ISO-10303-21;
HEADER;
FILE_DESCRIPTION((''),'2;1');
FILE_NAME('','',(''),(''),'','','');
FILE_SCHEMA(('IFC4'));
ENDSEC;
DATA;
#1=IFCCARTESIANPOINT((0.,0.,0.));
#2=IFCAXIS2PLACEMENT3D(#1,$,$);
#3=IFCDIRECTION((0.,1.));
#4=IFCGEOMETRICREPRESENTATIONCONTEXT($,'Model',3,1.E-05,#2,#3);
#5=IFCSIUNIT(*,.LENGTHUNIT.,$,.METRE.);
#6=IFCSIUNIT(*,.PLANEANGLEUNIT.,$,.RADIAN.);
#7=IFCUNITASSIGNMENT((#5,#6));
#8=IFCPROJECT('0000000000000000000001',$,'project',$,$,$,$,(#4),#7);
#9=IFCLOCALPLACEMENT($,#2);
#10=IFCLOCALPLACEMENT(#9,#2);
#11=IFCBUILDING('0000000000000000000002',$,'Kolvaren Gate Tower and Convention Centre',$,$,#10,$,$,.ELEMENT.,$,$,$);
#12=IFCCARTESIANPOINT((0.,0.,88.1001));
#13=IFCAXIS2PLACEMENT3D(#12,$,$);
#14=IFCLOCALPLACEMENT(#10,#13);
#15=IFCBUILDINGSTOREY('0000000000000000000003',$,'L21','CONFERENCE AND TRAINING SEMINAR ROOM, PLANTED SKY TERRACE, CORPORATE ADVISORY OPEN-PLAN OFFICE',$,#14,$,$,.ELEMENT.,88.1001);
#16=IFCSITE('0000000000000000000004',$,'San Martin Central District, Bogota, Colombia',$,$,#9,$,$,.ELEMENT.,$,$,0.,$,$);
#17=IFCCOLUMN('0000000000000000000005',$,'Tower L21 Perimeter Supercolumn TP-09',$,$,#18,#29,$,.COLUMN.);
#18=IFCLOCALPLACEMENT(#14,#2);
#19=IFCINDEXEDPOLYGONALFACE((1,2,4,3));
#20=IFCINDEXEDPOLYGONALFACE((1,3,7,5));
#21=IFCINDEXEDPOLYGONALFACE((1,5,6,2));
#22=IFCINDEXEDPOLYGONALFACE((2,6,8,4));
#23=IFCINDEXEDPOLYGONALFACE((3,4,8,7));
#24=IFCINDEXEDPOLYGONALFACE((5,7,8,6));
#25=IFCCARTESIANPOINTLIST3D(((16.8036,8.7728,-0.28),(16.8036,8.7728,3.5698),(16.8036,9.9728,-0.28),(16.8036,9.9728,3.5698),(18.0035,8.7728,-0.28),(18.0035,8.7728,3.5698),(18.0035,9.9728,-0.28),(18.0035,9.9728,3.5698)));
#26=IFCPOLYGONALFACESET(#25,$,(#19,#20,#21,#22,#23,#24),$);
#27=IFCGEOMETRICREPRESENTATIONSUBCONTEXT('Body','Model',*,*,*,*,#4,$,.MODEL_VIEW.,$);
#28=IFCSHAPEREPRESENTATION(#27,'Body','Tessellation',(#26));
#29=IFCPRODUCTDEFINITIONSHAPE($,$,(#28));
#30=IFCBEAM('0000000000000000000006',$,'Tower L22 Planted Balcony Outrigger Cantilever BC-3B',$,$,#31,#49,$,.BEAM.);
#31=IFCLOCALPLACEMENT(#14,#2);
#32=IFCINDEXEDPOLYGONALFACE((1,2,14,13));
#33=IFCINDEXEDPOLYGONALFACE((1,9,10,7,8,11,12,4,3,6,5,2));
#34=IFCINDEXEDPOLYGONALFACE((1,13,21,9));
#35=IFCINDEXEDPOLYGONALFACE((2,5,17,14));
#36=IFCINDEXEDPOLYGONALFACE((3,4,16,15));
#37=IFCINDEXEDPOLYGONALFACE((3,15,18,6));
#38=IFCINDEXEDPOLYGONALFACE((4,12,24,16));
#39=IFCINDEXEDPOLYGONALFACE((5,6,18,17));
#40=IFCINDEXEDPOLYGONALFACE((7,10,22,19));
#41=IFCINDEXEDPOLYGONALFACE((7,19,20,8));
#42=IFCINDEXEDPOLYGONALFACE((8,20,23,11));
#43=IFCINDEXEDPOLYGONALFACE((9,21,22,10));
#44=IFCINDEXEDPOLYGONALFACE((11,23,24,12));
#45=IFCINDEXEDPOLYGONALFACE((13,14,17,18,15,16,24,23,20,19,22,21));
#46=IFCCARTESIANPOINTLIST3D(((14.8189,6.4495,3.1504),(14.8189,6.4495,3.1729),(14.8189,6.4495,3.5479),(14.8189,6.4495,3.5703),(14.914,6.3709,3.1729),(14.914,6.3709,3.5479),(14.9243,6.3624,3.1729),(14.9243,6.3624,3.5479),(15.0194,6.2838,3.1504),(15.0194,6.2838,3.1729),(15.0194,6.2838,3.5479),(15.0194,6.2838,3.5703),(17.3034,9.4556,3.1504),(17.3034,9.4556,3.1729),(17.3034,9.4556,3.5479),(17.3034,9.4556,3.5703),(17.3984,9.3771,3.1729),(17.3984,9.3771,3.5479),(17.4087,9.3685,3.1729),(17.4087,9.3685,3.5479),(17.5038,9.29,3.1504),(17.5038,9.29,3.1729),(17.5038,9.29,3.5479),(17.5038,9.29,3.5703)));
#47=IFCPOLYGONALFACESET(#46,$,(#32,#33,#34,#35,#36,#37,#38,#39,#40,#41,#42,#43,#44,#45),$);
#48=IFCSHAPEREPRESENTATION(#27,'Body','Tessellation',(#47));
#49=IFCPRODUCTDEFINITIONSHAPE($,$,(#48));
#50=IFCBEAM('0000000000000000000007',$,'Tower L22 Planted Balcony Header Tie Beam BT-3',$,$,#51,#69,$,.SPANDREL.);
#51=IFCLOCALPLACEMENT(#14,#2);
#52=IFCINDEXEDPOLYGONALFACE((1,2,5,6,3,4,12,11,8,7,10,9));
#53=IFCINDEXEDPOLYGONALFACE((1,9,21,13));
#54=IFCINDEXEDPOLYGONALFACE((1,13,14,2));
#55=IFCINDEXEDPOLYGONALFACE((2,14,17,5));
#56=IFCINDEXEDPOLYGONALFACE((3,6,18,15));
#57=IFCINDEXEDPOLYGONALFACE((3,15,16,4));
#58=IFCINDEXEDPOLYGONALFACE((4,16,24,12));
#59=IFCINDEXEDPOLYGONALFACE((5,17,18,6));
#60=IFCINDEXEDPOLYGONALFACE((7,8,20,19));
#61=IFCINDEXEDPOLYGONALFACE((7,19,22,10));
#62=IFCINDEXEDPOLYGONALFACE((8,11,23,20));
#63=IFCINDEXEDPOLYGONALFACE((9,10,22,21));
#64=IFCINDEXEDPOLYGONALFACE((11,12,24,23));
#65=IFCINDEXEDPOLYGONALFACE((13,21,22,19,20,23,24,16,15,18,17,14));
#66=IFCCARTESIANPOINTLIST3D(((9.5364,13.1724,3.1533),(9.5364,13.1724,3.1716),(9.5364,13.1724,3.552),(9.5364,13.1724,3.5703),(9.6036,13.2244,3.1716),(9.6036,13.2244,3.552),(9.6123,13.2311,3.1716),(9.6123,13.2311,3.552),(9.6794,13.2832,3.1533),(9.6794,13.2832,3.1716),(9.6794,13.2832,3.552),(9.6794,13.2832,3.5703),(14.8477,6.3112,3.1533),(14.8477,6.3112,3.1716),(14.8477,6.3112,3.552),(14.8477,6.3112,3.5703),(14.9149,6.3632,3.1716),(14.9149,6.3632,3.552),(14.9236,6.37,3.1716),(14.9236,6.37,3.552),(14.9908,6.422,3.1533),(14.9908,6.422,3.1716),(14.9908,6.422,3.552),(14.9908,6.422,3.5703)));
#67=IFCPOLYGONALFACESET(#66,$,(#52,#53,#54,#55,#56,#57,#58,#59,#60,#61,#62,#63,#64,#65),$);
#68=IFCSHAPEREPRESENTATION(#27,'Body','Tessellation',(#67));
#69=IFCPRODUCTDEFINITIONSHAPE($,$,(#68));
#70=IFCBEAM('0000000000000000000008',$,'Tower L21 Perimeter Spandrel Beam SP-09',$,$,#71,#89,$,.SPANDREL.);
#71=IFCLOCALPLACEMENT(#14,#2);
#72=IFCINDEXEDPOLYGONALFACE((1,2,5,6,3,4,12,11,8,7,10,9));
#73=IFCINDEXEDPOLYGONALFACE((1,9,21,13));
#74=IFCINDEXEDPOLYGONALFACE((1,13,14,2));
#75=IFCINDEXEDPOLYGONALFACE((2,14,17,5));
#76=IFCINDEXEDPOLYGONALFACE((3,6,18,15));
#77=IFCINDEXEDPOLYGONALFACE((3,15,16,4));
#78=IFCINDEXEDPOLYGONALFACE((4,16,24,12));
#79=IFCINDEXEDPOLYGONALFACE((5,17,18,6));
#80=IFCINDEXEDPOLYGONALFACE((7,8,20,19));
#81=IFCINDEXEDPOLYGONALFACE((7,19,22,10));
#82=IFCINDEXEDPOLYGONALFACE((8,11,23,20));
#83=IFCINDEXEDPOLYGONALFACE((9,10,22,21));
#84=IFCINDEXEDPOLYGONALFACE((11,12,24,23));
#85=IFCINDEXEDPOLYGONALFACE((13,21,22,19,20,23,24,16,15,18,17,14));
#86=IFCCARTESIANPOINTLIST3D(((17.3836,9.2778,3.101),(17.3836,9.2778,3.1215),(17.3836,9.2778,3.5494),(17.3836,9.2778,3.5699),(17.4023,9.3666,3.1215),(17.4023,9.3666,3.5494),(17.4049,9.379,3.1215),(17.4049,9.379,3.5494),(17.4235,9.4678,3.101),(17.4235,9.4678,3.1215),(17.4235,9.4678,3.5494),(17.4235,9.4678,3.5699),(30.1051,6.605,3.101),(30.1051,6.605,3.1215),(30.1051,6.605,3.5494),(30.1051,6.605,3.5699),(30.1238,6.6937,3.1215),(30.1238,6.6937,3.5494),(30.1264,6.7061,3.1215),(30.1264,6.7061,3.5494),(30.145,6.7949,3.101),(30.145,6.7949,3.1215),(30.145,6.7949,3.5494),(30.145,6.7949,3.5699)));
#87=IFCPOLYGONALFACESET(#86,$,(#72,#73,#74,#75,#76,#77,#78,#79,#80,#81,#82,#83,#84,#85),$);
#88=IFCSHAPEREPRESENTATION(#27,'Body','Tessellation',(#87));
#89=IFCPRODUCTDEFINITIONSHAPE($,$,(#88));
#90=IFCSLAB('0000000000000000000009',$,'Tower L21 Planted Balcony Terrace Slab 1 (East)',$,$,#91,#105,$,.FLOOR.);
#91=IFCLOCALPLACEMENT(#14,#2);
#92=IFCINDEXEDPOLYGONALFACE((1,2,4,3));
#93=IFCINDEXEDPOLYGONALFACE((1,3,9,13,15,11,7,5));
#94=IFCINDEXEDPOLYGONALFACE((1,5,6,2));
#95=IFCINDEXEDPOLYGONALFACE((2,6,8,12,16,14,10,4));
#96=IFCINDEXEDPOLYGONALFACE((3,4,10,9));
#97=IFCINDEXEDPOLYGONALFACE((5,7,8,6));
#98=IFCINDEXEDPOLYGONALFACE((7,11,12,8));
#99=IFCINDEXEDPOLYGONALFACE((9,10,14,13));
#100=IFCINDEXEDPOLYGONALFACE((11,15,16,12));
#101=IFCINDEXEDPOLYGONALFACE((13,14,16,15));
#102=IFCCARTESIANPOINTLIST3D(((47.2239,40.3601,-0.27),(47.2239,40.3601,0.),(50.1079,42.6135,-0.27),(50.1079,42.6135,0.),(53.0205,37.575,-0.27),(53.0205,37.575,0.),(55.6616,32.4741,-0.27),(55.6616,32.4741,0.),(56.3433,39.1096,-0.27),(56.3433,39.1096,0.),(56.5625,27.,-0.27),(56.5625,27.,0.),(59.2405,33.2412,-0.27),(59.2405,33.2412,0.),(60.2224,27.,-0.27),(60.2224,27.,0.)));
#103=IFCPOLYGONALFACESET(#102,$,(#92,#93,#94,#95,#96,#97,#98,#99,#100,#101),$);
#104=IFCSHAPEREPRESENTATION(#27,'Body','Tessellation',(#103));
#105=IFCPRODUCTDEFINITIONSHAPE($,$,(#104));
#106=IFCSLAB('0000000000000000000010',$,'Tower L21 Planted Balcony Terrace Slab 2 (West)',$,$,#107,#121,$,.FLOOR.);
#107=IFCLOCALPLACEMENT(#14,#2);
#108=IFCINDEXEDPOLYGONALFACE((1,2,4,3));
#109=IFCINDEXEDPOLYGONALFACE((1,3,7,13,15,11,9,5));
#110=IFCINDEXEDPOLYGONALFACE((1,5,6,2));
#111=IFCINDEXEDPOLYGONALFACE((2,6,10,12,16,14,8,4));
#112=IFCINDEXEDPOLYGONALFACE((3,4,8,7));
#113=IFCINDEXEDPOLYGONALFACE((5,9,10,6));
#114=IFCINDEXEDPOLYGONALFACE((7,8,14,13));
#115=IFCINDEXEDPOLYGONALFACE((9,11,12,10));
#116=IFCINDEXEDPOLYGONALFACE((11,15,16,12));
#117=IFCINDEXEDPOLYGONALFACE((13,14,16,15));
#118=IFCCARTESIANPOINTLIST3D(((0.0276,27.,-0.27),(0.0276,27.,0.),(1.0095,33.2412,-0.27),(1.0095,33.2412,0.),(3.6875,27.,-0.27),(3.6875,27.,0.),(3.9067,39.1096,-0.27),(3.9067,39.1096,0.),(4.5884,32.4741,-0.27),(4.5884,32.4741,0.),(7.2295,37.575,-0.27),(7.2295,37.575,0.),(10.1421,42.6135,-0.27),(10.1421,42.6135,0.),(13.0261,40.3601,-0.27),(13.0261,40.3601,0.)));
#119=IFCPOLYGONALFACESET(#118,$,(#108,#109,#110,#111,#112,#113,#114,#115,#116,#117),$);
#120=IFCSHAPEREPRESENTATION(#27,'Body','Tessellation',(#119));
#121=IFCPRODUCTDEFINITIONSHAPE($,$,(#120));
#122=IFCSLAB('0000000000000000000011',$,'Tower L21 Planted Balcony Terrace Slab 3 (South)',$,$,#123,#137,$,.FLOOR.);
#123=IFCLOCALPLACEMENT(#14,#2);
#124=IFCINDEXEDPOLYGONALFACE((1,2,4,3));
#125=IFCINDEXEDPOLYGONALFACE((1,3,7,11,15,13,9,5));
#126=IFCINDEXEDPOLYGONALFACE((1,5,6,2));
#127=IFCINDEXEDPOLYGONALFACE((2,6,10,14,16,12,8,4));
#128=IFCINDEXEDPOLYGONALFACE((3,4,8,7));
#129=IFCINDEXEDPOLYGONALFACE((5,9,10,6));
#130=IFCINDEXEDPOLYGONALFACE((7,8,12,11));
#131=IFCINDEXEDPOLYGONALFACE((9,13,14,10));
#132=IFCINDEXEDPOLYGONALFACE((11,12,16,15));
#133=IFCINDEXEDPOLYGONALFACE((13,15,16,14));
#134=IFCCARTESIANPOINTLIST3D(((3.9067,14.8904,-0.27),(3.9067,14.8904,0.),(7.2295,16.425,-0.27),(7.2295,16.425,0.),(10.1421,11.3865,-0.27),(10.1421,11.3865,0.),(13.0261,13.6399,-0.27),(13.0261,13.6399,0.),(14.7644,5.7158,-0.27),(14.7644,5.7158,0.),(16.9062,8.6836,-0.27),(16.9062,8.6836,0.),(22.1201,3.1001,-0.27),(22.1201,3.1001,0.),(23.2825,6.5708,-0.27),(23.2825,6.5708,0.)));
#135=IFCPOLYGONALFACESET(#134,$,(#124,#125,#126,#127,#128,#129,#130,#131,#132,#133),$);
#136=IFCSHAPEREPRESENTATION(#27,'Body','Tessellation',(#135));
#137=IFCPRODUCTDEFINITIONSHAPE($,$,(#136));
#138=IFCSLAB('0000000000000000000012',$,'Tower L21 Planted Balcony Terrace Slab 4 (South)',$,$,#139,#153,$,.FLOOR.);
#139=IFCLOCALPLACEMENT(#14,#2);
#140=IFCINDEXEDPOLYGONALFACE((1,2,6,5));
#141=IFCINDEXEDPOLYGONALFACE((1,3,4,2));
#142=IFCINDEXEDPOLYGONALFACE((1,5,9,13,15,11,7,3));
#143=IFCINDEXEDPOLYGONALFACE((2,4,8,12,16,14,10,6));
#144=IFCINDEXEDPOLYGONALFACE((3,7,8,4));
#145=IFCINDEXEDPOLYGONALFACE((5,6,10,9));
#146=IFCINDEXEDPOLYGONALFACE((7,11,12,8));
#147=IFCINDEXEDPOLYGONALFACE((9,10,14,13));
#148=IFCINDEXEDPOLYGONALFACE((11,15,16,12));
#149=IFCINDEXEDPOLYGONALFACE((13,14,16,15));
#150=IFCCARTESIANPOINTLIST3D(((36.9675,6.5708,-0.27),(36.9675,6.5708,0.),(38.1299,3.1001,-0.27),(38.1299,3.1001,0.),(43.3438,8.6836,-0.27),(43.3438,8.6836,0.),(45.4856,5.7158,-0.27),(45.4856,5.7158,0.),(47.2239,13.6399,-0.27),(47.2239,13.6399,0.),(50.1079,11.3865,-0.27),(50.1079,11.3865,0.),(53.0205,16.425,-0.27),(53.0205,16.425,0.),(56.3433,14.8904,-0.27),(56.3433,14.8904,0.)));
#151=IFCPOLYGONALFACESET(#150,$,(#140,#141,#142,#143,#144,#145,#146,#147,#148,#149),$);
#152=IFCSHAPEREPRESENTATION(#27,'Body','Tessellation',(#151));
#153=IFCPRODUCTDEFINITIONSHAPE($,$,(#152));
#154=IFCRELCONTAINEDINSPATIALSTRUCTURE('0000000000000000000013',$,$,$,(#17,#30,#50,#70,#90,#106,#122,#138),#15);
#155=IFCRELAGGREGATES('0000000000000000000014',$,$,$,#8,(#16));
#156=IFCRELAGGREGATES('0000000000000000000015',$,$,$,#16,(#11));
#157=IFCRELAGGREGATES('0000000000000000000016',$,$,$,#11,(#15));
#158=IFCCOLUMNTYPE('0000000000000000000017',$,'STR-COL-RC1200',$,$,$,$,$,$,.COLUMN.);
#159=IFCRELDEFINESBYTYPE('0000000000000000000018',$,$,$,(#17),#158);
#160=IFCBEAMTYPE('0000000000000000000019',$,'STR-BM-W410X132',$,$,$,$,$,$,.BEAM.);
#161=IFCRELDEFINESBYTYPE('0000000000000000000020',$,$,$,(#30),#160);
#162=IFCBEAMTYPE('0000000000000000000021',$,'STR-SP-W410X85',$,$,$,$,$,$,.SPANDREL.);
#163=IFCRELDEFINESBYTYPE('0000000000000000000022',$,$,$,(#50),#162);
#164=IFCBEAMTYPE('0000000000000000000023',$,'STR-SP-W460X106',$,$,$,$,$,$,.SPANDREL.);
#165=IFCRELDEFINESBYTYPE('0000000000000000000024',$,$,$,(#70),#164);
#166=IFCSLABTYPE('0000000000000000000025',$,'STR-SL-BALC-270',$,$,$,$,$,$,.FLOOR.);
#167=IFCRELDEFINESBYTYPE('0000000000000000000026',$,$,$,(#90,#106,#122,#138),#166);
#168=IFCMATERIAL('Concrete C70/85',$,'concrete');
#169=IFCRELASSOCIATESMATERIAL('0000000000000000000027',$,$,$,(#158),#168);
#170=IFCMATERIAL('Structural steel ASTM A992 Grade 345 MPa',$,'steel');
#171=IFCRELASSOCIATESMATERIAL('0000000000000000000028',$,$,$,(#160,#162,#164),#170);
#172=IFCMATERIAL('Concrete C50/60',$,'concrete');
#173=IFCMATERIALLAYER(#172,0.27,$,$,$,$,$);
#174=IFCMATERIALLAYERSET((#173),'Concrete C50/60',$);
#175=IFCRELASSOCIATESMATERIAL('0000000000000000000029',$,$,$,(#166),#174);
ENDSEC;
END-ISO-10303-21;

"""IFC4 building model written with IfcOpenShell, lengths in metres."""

from ifc_helpers import new_model, si_unit, direction, frame, origin, origin_2d, place, context, subcontext, project, spatial, polyline, rectangle, i_section, outline, extrude, material, layer, layer_set, material_profile, profile_set, type_object, element, save


model = new_model("IFC4")

# Units and contexts
model_context = context("Model", 3, precision=1e-05, world=origin(), true_north=direction((0.0, 1.0)))
body_context = subcontext(model_context, "Body", "Model", "MODEL_VIEW")
ifc_project = project(units=[si_unit("LENGTHUNIT", "METRE"), si_unit("PLANEANGLEUNIT", "RADIAN")], contexts=[model_context])

# Site, building, storey
site_placement = place(None, origin())
site = spatial("IfcSite", under=ifc_project, at=site_placement, Name="San Martin Central District, Bogota, Colombia", CompositionType="ELEMENT", RefElevation=0.0)
building_placement = place(site_placement, origin())
building = spatial("IfcBuilding", under=site, at=building_placement, Name="Kolvaren Gate Tower and Convention Centre", CompositionType="ELEMENT")
storey_placement = place(building_placement, frame((0.0, 0.0, 88.1001)))
storey = spatial("IfcBuildingStorey", under=building, at=storey_placement, Name="L21", Description="CONFERENCE AND TRAINING SEMINAR ROOM, PLANTED SKY TERRACE, CORPORATE ADVISORY OPEN-PLAN OFFICE", CompositionType="ELEMENT", Elevation=88.1001)

# Column
ifc_material_1 = material(Name="Concrete C70/85", Category="concrete")
ifc_material_profile_1 = material_profile(ifc_material_1, rectangle(XDim=1.2, YDim=1.2, at=origin_2d()), Name="RC-COL-1200X1200")
ifc_profile_set_1 = profile_set([ifc_material_profile_1], Name="Concrete C70/85")
column_type = type_object("IfcColumnType", Name="STR-COL-RC1200", PredefinedType="COLUMN", material=ifc_profile_set_1)
column_placement = place(storey_placement, frame((17.4036, 9.3728, -0.28), z_axis=(0.0, 0.0, 1.0), x_axis=(1.0, 0.0, 0.0)))
element("IfcColumn", 1, at=column_placement, inside=storey, type_object=column_type, Name="Tower L21 Perimeter Supercolumn TP-09", PredefinedType="COLUMN", context=body_context, shape_type="SweptSolid", body=[
    extrude(rectangle(XDim=1.2, YDim=1.2, at=origin_2d()), origin(), (0.0, 0.0, 1.0), 3.8499),
])

# Beams
ifc_material_2 = material(Name="Structural steel ASTM A992 Grade 345 MPa", Category="steel")
ifc_material_profile_2 = material_profile(ifc_material_2, i_section(OverallWidth=0.26, OverallDepth=0.4199, WebThickness=0.0134, FlangeThickness=0.0225, at=origin_2d()), Name="W410X132")
ifc_profile_set_2 = profile_set([ifc_material_profile_2], Name="Structural steel ASTM A992 Grade 345 MPa")
beam_type_1 = type_object("IfcBeamType", Name="STR-BM-W410X132", PredefinedType="BEAM", material=ifc_profile_set_2)
beam_1_placement = place(storey_placement, frame((17.4036, 9.3728, 3.3604), z_axis=(-0.637045, -0.770827, 0.0), x_axis=(0.770827, -0.637045, 0.0)))
element("IfcBeam", 2, at=beam_1_placement, inside=storey, type_object=beam_type_1, Name="Tower L22 Planted Balcony Outrigger Cantilever BC-3B", PredefinedType="BEAM", context=body_context, shape_type="SweptSolid", body=[
    extrude(i_section(OverallWidth=0.26, OverallDepth=0.4199, WebThickness=0.0134, FlangeThickness=0.0225, at=origin_2d()), origin(), (0.0, 0.0, 1.0), 3.8999),
])
ifc_material_profile_3 = material_profile(ifc_material_2, i_section(OverallWidth=0.1809, OverallDepth=0.417, WebThickness=0.011, FlangeThickness=0.0183, at=origin_2d()), Name="W410X85")
ifc_profile_set_3 = profile_set([ifc_material_profile_3], Name="Structural steel ASTM A992 Grade 345 MPa")
beam_type_2 = type_object("IfcBeamType", Name="STR-SP-W410X85", PredefinedType="SPANDREL", material=ifc_profile_set_3)
beam_2_placement = place(storey_placement, frame((9.6079, 13.2278, 3.3618), z_axis=(0.612135, -0.790753, 0.0), x_axis=(0.790753, 0.612135, 0.0)))
element("IfcBeam", 3, at=beam_2_placement, inside=storey, type_object=beam_type_2, Name="Tower L22 Planted Balcony Header Tie Beam BT-3", PredefinedType="SPANDREL", context=body_context, shape_type="SweptSolid", body=[
    extrude(i_section(OverallWidth=0.1809, OverallDepth=0.417, WebThickness=0.011, FlangeThickness=0.0183, at=origin_2d()), origin(), (0.0, 0.0, 1.0), 8.6768),
])
ifc_material_profile_4 = material_profile(ifc_material_2, i_section(OverallWidth=0.1941, OverallDepth=0.469, WebThickness=0.0127, FlangeThickness=0.0205, at=origin_2d()), Name="W460X106")
ifc_profile_set_4 = profile_set([ifc_material_profile_4], Name="Structural steel ASTM A992 Grade 345 MPa")
beam_type_3 = type_object("IfcBeamType", Name="STR-SP-W460X106", PredefinedType="SPANDREL", material=ifc_profile_set_4)
beam_3_placement = place(storey_placement, frame((17.4036, 9.3728, 3.3354), z_axis=(0.978633, -0.205617, 0.0), x_axis=(0.205617, 0.978633, 0.0)))
element("IfcBeam", 4, at=beam_3_placement, inside=storey, type_object=beam_type_3, Name="Tower L21 Perimeter Spandrel Beam SP-09", PredefinedType="SPANDREL", context=body_context, shape_type="SweptSolid", body=[
    extrude(i_section(OverallWidth=0.1941, OverallDepth=0.469, WebThickness=0.0127, FlangeThickness=0.0205, at=origin_2d()), origin(), (0.0, 0.0, 1.0), 12.9993),
])

# Slabs
ifc_material_3 = material(Name="Concrete C50/60", Category="concrete")
ifc_layer_1 = layer(ifc_material_3, 0.27)
ifc_layer_set_1 = layer_set([ifc_layer_1], Name="Concrete C50/60")
slab_type_1 = type_object("IfcSlabType", Name="STR-SL-BALC-270", PredefinedType="FLOOR", material=ifc_layer_set_1)
slab_1_placement = place(storey_placement, frame((0.0, 0.0, -0.27)))
element("IfcSlab", 5, at=slab_1_placement, inside=storey, type_object=slab_type_1, Name="Tower L21 Planted Balcony Terrace Slab 1 (East)", PredefinedType="FLOOR", context=body_context, shape_type="SweptSolid", body=[
    extrude(outline(polyline([(56.5625, 27.0), (55.6616, 32.4741), (53.0205, 37.575), (47.2239, 40.3601), (50.1079, 42.6135), (56.3433, 39.1096), (59.2405, 33.2412), (60.2224, 27.0), (56.5625, 27.0)])), origin(), (0.0, 0.0, 1.0), 0.27),
])
slab_2_placement = place(storey_placement, frame((0.0, 0.0, -0.27)))
element("IfcSlab", 6, at=slab_2_placement, inside=storey, type_object=slab_type_1, Name="Tower L21 Planted Balcony Terrace Slab 2 (West)", PredefinedType="FLOOR", context=body_context, shape_type="SweptSolid", body=[
    extrude(outline(polyline([(13.0261, 40.3601), (7.2295, 37.575), (4.5884, 32.4741), (3.6875, 27.0), (0.0276, 27.0), (1.0095, 33.2412), (3.9067, 39.1096), (10.1421, 42.6135), (13.0261, 40.3601)])), origin(), (0.0, 0.0, 1.0), 0.27),
])
slab_3_placement = place(storey_placement, frame((0.0, 0.0, -0.27)))
element("IfcSlab", 7, at=slab_3_placement, inside=storey, type_object=slab_type_1, Name="Tower L21 Planted Balcony Terrace Slab 3 (South)", PredefinedType="FLOOR", context=body_context, shape_type="SweptSolid", body=[
    extrude(outline(polyline([(7.2295, 16.425), (13.0261, 13.6399), (16.9062, 8.6836), (23.2825, 6.5708), (22.1201, 3.1001), (14.7644, 5.7158), (10.1421, 11.3865), (3.9067, 14.8904), (7.2295, 16.425)])), origin(), (0.0, 0.0, 1.0), 0.27),
])
slab_4_placement = place(storey_placement, frame((0.0, 0.0, -0.27)))
element("IfcSlab", 8, at=slab_4_placement, inside=storey, type_object=slab_type_1, Name="Tower L21 Planted Balcony Terrace Slab 4 (South)", PredefinedType="FLOOR", context=body_context, shape_type="SweptSolid", body=[
    extrude(outline(polyline([(36.9675, 6.5708), (43.3438, 8.6836), (47.2239, 13.6399), (53.0205, 16.425), (56.3433, 14.8904), (50.1079, 11.3865), (45.4856, 5.7158), (38.1299, 3.1001), (36.9675, 6.5708)])), origin(), (0.0, 0.0, 1.0), 0.27),
])

save(model, "model.ifc")
